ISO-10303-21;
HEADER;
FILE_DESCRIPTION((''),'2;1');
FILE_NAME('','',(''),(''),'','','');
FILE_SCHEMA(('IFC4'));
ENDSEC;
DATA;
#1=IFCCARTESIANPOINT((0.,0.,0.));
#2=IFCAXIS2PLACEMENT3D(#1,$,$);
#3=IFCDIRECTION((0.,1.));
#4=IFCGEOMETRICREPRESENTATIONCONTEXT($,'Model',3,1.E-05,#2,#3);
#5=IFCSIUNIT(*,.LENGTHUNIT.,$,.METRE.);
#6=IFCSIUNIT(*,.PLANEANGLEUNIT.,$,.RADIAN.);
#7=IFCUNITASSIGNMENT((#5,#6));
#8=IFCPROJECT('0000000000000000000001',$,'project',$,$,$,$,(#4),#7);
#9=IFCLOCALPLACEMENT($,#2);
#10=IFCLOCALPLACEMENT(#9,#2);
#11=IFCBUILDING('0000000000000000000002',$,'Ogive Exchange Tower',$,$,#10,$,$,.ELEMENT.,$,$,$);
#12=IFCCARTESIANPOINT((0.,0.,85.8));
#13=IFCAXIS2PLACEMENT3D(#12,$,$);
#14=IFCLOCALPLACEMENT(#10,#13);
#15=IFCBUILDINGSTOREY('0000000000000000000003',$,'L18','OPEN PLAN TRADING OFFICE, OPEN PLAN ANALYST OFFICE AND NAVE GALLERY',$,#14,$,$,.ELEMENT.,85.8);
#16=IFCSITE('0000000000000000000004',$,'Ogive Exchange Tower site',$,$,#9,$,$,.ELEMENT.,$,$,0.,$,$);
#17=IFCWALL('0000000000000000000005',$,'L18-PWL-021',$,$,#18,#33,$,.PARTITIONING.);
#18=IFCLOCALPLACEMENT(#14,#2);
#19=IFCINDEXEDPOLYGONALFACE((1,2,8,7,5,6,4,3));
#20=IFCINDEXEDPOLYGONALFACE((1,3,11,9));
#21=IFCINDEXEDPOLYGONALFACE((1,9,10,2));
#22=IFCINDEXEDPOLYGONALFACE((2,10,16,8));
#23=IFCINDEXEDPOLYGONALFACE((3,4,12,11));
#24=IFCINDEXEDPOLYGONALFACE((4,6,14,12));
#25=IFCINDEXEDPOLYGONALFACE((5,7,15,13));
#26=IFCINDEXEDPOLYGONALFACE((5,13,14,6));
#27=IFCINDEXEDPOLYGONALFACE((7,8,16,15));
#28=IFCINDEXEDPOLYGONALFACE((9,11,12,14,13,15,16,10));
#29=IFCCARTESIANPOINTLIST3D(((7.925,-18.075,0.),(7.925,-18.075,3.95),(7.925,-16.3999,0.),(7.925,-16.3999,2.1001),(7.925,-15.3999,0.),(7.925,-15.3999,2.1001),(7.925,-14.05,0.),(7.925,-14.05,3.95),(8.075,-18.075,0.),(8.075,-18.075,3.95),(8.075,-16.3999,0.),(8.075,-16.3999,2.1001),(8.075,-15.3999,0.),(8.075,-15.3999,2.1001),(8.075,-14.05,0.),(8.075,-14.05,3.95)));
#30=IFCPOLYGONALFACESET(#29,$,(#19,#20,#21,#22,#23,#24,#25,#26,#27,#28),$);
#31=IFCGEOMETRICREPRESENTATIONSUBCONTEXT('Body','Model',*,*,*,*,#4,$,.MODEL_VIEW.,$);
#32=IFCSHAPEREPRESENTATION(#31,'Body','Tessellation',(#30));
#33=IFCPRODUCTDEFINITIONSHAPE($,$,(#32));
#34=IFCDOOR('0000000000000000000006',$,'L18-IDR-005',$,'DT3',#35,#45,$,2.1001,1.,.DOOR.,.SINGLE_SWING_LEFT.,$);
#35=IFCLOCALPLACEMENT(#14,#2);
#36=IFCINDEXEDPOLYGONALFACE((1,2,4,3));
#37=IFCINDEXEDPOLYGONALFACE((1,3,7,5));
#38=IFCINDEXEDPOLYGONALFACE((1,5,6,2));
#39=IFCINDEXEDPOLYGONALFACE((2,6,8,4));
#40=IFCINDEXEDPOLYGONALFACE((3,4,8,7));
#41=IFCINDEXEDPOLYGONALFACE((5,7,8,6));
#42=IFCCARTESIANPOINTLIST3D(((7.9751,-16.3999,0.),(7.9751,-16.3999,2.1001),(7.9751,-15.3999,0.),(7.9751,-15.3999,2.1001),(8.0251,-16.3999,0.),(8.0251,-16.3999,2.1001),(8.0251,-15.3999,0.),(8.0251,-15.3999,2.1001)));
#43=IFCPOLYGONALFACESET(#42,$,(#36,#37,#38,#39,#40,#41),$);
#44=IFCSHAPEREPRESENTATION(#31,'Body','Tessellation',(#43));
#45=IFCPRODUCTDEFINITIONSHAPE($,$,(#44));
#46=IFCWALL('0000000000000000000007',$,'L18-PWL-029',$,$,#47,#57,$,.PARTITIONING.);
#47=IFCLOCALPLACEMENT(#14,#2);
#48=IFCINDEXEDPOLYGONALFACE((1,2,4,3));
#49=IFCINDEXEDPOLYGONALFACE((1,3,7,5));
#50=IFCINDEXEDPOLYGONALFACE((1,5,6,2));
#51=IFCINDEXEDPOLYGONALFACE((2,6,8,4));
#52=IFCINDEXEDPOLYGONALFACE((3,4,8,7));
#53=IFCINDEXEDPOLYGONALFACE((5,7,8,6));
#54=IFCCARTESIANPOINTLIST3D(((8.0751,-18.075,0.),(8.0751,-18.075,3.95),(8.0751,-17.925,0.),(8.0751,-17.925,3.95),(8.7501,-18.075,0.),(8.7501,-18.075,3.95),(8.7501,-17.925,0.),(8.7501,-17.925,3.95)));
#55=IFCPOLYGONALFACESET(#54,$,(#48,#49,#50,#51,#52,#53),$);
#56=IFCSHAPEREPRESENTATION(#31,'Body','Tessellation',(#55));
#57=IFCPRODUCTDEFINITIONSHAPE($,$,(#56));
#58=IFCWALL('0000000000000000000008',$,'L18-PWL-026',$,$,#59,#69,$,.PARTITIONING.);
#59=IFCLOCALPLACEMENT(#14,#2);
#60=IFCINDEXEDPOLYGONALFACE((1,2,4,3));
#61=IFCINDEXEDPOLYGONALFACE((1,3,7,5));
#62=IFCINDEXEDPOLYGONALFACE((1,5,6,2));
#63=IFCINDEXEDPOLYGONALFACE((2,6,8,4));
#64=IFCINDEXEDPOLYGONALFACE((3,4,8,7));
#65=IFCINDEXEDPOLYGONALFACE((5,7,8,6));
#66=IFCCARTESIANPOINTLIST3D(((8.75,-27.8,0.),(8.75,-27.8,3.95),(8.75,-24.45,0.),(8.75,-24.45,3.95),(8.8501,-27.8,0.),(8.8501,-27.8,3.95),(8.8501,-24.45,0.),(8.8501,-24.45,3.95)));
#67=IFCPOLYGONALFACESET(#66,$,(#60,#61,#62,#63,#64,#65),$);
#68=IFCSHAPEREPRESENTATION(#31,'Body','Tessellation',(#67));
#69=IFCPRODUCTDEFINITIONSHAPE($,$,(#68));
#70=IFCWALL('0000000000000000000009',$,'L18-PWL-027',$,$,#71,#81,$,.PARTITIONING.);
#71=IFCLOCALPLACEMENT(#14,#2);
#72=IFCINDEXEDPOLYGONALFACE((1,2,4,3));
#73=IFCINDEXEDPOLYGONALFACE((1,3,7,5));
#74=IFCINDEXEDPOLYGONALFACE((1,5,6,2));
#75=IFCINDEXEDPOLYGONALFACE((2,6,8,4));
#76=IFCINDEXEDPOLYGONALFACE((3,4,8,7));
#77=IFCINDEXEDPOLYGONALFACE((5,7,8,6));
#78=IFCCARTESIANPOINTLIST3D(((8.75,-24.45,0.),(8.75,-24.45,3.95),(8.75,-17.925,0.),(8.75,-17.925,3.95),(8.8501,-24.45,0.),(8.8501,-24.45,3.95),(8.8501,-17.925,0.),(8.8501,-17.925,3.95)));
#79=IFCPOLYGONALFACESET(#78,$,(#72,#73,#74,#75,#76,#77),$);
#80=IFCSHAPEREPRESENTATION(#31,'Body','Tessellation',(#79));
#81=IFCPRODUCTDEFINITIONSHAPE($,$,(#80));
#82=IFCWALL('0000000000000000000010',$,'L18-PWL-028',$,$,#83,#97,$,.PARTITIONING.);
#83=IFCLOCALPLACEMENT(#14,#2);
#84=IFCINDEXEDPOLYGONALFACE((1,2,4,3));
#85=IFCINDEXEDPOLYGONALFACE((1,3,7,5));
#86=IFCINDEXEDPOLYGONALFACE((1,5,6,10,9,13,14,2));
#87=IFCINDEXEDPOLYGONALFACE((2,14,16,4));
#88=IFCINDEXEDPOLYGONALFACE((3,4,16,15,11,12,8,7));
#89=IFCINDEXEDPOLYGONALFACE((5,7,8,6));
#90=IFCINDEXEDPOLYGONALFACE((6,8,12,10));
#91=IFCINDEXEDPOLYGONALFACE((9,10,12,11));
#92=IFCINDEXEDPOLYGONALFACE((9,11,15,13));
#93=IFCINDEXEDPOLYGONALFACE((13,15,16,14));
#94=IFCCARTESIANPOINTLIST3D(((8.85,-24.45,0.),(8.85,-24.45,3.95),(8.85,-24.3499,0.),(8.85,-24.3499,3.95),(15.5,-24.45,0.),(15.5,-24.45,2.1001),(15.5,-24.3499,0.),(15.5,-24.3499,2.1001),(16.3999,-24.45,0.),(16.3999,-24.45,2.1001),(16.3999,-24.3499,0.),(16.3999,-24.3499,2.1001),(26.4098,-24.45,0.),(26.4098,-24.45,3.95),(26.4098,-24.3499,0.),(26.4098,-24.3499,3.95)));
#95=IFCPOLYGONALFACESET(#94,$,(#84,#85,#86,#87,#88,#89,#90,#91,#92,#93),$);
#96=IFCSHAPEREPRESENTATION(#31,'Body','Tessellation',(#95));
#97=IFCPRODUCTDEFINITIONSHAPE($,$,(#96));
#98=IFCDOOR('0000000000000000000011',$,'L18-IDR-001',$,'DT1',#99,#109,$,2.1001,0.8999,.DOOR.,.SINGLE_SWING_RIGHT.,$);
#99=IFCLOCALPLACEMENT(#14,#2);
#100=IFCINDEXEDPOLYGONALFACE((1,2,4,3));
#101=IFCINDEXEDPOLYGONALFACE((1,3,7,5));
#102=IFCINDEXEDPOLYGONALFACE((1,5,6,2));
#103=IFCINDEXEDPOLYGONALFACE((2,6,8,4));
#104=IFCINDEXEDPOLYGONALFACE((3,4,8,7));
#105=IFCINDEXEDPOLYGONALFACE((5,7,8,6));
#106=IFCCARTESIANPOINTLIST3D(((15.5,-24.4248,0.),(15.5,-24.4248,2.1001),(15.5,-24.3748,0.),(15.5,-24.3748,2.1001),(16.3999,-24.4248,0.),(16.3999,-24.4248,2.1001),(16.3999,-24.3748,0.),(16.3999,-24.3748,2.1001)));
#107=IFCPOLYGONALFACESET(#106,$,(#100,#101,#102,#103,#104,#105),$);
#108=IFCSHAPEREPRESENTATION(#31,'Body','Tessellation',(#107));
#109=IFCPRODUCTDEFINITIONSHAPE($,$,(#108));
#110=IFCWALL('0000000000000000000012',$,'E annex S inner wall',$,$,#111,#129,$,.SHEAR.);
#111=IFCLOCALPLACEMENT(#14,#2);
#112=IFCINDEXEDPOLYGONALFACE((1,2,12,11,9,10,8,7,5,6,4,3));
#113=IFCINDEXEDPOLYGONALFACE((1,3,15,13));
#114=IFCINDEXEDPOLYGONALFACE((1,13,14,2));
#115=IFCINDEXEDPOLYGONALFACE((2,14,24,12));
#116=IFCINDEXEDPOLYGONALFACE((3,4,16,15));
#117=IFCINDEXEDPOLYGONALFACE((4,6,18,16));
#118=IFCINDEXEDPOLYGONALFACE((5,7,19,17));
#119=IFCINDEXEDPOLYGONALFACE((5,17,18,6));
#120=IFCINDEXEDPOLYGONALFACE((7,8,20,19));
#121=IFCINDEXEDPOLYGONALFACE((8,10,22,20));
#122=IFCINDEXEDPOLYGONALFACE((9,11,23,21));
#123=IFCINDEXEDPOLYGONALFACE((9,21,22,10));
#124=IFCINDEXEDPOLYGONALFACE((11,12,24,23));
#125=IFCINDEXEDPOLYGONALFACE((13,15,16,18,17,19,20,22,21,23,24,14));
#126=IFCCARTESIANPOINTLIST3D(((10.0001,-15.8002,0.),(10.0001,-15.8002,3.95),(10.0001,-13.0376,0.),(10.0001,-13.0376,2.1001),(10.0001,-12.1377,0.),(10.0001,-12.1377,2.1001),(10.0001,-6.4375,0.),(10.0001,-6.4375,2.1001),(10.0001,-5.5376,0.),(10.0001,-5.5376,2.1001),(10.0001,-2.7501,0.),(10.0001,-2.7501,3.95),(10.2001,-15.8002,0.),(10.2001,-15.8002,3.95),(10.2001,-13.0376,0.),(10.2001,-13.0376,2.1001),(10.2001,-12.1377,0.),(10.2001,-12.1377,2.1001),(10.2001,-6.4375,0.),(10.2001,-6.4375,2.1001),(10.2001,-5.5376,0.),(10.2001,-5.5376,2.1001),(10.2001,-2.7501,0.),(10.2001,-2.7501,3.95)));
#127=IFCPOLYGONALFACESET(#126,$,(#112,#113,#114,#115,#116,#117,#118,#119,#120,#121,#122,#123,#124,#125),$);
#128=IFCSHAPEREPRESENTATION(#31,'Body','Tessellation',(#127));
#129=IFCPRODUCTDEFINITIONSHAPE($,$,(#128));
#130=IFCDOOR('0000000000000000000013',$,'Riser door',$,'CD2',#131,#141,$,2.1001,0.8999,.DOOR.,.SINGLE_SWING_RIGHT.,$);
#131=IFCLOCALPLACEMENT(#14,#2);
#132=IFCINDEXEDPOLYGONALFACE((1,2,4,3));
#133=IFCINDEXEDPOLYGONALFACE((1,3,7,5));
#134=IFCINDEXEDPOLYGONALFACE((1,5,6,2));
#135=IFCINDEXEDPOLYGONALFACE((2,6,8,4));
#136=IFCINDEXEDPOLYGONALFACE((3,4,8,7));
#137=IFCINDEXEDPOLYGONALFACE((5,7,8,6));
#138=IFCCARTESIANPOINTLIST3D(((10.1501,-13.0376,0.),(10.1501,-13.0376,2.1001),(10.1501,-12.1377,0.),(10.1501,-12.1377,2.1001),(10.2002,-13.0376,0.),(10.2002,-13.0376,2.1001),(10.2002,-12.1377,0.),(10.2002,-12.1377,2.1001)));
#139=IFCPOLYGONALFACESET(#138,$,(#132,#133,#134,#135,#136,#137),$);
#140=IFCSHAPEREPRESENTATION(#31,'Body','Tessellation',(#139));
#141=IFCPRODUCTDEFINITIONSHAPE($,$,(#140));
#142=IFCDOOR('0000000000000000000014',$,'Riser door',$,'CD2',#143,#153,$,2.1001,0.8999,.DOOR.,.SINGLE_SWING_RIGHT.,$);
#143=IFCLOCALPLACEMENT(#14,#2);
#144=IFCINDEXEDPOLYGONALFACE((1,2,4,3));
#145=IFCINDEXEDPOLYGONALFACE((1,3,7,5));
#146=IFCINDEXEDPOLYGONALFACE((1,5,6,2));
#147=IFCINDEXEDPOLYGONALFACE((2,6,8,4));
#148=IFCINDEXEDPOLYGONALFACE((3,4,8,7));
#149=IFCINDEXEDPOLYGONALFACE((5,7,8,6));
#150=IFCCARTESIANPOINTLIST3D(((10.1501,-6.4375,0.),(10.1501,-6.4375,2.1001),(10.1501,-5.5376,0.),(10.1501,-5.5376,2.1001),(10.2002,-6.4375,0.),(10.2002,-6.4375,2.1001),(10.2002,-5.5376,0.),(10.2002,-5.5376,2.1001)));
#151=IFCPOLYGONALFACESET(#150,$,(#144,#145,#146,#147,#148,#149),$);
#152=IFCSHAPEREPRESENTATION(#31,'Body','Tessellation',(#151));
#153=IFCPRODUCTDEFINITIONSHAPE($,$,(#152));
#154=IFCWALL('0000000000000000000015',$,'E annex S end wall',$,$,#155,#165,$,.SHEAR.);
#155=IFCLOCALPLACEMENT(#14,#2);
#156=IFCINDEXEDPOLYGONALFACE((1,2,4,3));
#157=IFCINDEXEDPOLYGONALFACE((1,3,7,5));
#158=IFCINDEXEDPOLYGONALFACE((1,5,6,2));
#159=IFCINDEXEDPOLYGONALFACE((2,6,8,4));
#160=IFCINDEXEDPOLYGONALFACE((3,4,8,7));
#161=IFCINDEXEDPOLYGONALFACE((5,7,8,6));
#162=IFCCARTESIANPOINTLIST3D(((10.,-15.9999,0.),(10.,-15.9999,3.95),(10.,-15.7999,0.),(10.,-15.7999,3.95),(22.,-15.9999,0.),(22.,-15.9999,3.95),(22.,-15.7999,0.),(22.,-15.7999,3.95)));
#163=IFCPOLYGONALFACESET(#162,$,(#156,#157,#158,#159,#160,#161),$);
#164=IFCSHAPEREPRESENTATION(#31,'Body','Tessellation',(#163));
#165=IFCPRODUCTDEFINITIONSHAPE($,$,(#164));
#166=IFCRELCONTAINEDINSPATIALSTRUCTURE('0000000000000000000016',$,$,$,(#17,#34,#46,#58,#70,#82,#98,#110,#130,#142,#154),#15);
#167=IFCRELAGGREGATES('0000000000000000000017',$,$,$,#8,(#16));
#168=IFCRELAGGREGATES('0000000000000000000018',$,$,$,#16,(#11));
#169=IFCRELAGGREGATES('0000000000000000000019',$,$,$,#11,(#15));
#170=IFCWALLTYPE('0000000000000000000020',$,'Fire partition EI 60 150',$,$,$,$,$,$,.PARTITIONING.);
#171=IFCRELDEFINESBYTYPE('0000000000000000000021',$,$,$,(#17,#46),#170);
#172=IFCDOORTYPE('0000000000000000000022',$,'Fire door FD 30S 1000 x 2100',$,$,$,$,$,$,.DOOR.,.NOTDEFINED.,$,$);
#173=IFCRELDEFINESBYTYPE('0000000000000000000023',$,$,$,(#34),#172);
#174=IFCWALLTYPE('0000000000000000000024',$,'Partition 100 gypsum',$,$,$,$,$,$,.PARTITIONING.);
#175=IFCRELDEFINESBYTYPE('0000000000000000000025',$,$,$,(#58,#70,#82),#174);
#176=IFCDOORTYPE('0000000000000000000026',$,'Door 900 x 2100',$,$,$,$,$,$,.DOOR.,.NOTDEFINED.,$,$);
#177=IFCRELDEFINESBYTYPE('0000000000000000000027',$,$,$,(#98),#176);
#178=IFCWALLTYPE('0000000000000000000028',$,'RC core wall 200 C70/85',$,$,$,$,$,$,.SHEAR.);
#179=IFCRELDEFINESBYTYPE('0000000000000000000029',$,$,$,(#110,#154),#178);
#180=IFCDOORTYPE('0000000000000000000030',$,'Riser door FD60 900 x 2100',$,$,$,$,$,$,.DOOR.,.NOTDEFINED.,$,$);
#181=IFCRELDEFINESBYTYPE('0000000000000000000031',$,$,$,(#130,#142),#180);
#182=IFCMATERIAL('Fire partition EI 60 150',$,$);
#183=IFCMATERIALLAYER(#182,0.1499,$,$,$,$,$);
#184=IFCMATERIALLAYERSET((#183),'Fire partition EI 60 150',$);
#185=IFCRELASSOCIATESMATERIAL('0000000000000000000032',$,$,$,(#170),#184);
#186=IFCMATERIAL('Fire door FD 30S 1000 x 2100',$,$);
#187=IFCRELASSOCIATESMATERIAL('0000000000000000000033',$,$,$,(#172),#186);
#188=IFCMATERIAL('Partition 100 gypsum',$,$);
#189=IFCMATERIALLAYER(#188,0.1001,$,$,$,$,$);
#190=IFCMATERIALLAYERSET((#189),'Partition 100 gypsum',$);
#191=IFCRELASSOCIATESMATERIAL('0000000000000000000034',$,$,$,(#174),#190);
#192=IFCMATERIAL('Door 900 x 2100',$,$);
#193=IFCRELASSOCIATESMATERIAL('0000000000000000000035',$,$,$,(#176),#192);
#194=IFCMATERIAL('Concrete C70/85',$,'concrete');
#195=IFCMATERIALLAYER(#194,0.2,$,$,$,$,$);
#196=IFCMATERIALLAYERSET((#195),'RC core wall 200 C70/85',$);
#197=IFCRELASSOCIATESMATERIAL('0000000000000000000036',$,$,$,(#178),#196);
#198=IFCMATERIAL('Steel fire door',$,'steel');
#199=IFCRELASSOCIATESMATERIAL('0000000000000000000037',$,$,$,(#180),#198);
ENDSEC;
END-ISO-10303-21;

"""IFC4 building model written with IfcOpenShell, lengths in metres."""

from ifc_helpers import new_model, si_unit, direction, frame, frame_2d, origin, place, context, subcontext, project, spatial, rectangle, extrude, material, layer, layer_set, type_object, element, fill, save


model = new_model("IFC4")

# Units and contexts
model_context = context("Model", 3, precision=1e-05, world=origin(), true_north=direction((0.0, 1.0)))
body_context = subcontext(model_context, "Body", "Model", "MODEL_VIEW")
ifc_project = project(units=[si_unit("LENGTHUNIT", "METRE"), si_unit("PLANEANGLEUNIT", "RADIAN")], contexts=[model_context])

# Site, building, storey
site_placement = place(None, origin())
site = spatial("IfcSite", under=ifc_project, at=site_placement, Name="Ogive Exchange Tower site", CompositionType="ELEMENT", RefElevation=0.0)
building_placement = place(site_placement, origin())
building = spatial("IfcBuilding", under=site, at=building_placement, Name="Ogive Exchange Tower", CompositionType="ELEMENT")
storey_placement = place(building_placement, frame((0.0, 0.0, 85.8)))
storey = spatial("IfcBuildingStorey", under=building, at=storey_placement, Name="L18", Description="OPEN PLAN TRADING OFFICE, OPEN PLAN ANALYST OFFICE AND NAVE GALLERY", CompositionType="ELEMENT", Elevation=85.8)

# Wall, opening, door
ifc_material_1 = material(Name="Fire partition EI 60 150")
ifc_layer_1 = layer(ifc_material_1, 0.1499)
ifc_layer_set_1 = layer_set([ifc_layer_1], Name="Fire partition EI 60 150")
wall_type_1 = type_object("IfcWallType", Name="Fire partition EI 60 150", PredefinedType="PARTITIONING", material=ifc_layer_set_1)
wall_1_placement = place(storey_placement, frame((8.0, -18.075, 0.0), z_axis=(0.0, 0.0, 1.0), x_axis=(0.0, 1.0, 0.0)))
wall_1 = element("IfcWall", 1, at=wall_1_placement, inside=storey, type_object=wall_type_1, Name="L18-PWL-021", PredefinedType="PARTITIONING", context=body_context, shape_type="SweptSolid", body=[
    extrude(rectangle(XDim=4.0249, YDim=0.1499, at=frame_2d((2.0125, 0.0))), origin(), (0.0, 0.0, 1.0), 3.95),
])
opening_1_placement = place(wall_1_placement, frame((1.675, 0.0, 0.0)))
opening_1 = element("IfcOpeningElement", 2, at=opening_1_placement, cuts=wall_1, PredefinedType="OPENING", context=body_context, shape_type="SweptSolid", body=[
    extrude(rectangle(XDim=1.0, YDim=2.1001, at=frame_2d((0.5, 1.05))), frame((0.0, 0.085, 0.0), z_axis=(0.0, -1.0, 0.0), x_axis=(1.0, 0.0, 0.0)), (0.0, 0.0, 1.0), 0.1699),
])
ifc_material_2 = material(Name="Fire door FD 30S 1000 x 2100")
door_type_1 = type_object("IfcDoorType", Name="Fire door FD 30S 1000 x 2100", OperationType="NOTDEFINED", PredefinedType="DOOR", material=ifc_material_2)
door_1_placement = place(opening_1_placement, origin())
door_1 = element("IfcDoor", 3, at=door_1_placement, inside=storey, type_object=door_type_1, Name="L18-IDR-005", ObjectType="DT3", OperationType="SINGLE_SWING_LEFT", OverallHeight=2.1001, OverallWidth=1.0, PredefinedType="DOOR", context=body_context, shape_type="SweptSolid", body=[
    extrude(rectangle(XDim=1.0, YDim=2.1001, at=frame_2d((0.5, 1.05))), frame((0.0, 0.0249, 0.0), z_axis=(0.0, -1.0, 0.0), x_axis=(1.0, 0.0, 0.0)), (0.0, 0.0, 1.0), 0.05),
])
fill(opening_1, door_1)

# Walls
wall_2_placement = place(storey_placement, frame((8.75, -18.0, 0.0), z_axis=(0.0, 0.0, 1.0), x_axis=(-1.0, 0.0, 0.0)))
element("IfcWall", 4, at=wall_2_placement, inside=storey, type_object=wall_type_1, Name="L18-PWL-029", PredefinedType="PARTITIONING", context=body_context, shape_type="SweptSolid", body=[
    extrude(rectangle(XDim=0.675, YDim=0.1499, at=frame_2d((0.3374, 0.0))), origin(), (0.0, 0.0, 1.0), 3.95),
])
ifc_material_3 = material(Name="Partition 100 gypsum")
ifc_layer_2 = layer(ifc_material_3, 0.1001)
ifc_layer_set_2 = layer_set([ifc_layer_2], Name="Partition 100 gypsum")
wall_type_2 = type_object("IfcWallType", Name="Partition 100 gypsum", PredefinedType="PARTITIONING", material=ifc_layer_set_2)
wall_3_placement = place(storey_placement, frame((8.8, -27.8, 0.0), z_axis=(0.0, 0.0, 1.0), x_axis=(0.0, 1.0, 0.0)))
element("IfcWall", 5, at=wall_3_placement, inside=storey, type_object=wall_type_2, Name="L18-PWL-026", PredefinedType="PARTITIONING", context=body_context, shape_type="SweptSolid", body=[
    extrude(rectangle(XDim=3.3501, YDim=0.1001, at=frame_2d((1.675, 0.0))), origin(), (0.0, 0.0, 1.0), 3.95),
])
wall_4_placement = place(storey_placement, frame((8.8, -24.45, 0.0), z_axis=(0.0, 0.0, 1.0), x_axis=(0.0, 1.0, 0.0)))
element("IfcWall", 6, at=wall_4_placement, inside=storey, type_object=wall_type_2, Name="L18-PWL-027", PredefinedType="PARTITIONING", context=body_context, shape_type="SweptSolid", body=[
    extrude(rectangle(XDim=6.5249, YDim=0.1001, at=frame_2d((3.2625, 0.0))), origin(), (0.0, 0.0, 1.0), 3.95),
])

# Wall, opening, door
wall_5_placement = place(storey_placement, frame((8.8501, -24.3999, 0.0), z_axis=(0.0, 0.0, 1.0), x_axis=(1.0, 0.0, 0.0)))
wall_5 = element("IfcWall", 7, at=wall_5_placement, inside=storey, type_object=wall_type_2, Name="L18-PWL-028", PredefinedType="PARTITIONING", context=body_context, shape_type="SweptSolid", body=[
    extrude(rectangle(XDim=17.5598, YDim=0.1001, at=frame_2d((8.7798, 0.0))), origin(), (0.0, 0.0, 1.0), 3.95),
])
opening_2_placement = place(wall_5_placement, frame((6.6499, 0.0, 0.0)))
opening_2 = element("IfcOpeningElement", 8, at=opening_2_placement, cuts=wall_5, PredefinedType="OPENING", context=body_context, shape_type="SweptSolid", body=[
    extrude(rectangle(XDim=0.8999, YDim=2.1001, at=frame_2d((0.45, 1.05))), frame((0.0, 0.0601, 0.0), z_axis=(0.0, -1.0, 0.0), x_axis=(1.0, 0.0, 0.0)), (0.0, 0.0, 1.0), 0.1201),
])
ifc_material_4 = material(Name="Door 900 x 2100")
door_type_2 = type_object("IfcDoorType", Name="Door 900 x 2100", OperationType="NOTDEFINED", PredefinedType="DOOR", material=ifc_material_4)
door_2_placement = place(opening_2_placement, frame((0.8999, 0.0, 0.0), z_axis=(0.0, 0.0, 1.0), x_axis=(-1.0, 0.0, 0.0)))
door_2 = element("IfcDoor", 9, at=door_2_placement, inside=storey, type_object=door_type_2, Name="L18-IDR-001", ObjectType="DT1", OperationType="SINGLE_SWING_RIGHT", OverallHeight=2.1001, OverallWidth=0.8999, PredefinedType="DOOR", context=body_context, shape_type="SweptSolid", body=[
    extrude(rectangle(XDim=0.8999, YDim=2.1001, at=frame_2d((0.45, 1.05))), frame((0.0, 0.0249, 0.0), z_axis=(0.0, -1.0, 0.0), x_axis=(1.0, 0.0, 0.0)), (0.0, 0.0, 1.0), 0.05),
])
fill(opening_2, door_2)

# Wall, openings, doors
ifc_material_5 = material(Name="Concrete C70/85", Category="concrete")
ifc_layer_3 = layer(ifc_material_5, 0.2)
ifc_layer_set_3 = layer_set([ifc_layer_3], Name="RC core wall 200 C70/85")
wall_type_3 = type_object("IfcWallType", Name="RC core wall 200 C70/85", PredefinedType="SHEAR", material=ifc_layer_set_3)
wall_6_placement = place(storey_placement, frame((10.1001, -15.8, 0.0), z_axis=(0.0, 0.0, 1.0), x_axis=(0.0, 1.0, 0.0)))
wall_6 = element("IfcWall", 10, at=wall_6_placement, inside=storey, type_object=wall_type_3, Name="E annex S inner wall", PredefinedType="SHEAR", context=body_context, shape_type="SweptSolid", body=[
    extrude(rectangle(XDim=13.05, YDim=0.2, at=frame_2d((6.5249, 0.0))), origin(), (0.0, 0.0, 1.0), 3.95),
])
opening_3_placement = place(wall_6_placement, frame((2.7625, 0.0, 0.0)))
opening_3 = element("IfcOpeningElement", 11, at=opening_3_placement, cuts=wall_6, PredefinedType="OPENING", context=body_context, shape_type="SweptSolid", body=[
    extrude(rectangle(XDim=0.8999, YDim=2.1001, at=frame_2d((0.45, 1.05))), frame((0.0, 0.1099, 0.0), z_axis=(0.0, -1.0, 0.0), x_axis=(1.0, 0.0, 0.0)), (0.0, 0.0, 1.0), 0.22),
])
opening_4_placement = place(wall_6_placement, frame((9.3625, 0.0, 0.0)))
opening_4 = element("IfcOpeningElement", 12, at=opening_4_placement, cuts=wall_6, PredefinedType="OPENING", context=body_context, shape_type="SweptSolid", body=[
    extrude(rectangle(XDim=0.8999, YDim=2.1001, at=frame_2d((0.45, 1.05))), frame((0.0, 0.1099, 0.0), z_axis=(0.0, -1.0, 0.0), x_axis=(1.0, 0.0, 0.0)), (0.0, 0.0, 1.0), 0.22),
])
ifc_material_6 = material(Name="Steel fire door", Category="steel")
door_type_3 = type_object("IfcDoorType", Name="Riser door FD60 900 x 2100", OperationType="NOTDEFINED", PredefinedType="DOOR", material=ifc_material_6)
door_3_placement = place(opening_3_placement, frame((0.8999, -0.1499, 0.0), z_axis=(0.0, 0.0, 1.0), x_axis=(-1.0, 0.0, 0.0)))
door_3 = element("IfcDoor", 13, at=door_3_placement, inside=storey, type_object=door_type_3, Name="Riser door", ObjectType="CD2", OperationType="SINGLE_SWING_RIGHT", OverallHeight=2.1001, OverallWidth=0.8999, PredefinedType="DOOR", context=body_context, shape_type="SweptSolid", body=[
    extrude(rectangle(XDim=0.8999, YDim=2.1001, at=frame_2d((0.45, 1.05))), frame((0.0, -0.0498, 0.0), z_axis=(0.0, -1.0, 0.0), x_axis=(1.0, 0.0, 0.0)), (0.0, 0.0, 1.0), 0.05),
])
fill(opening_3, door_3)
door_4_placement = place(opening_4_placement, frame((0.8999, -0.1499, 0.0), z_axis=(0.0, 0.0, 1.0), x_axis=(-1.0, 0.0, 0.0)))
door_4 = element("IfcDoor", 14, at=door_4_placement, inside=storey, type_object=door_type_3, Name="Riser door", ObjectType="CD2", OperationType="SINGLE_SWING_RIGHT", OverallHeight=2.1001, OverallWidth=0.8999, PredefinedType="DOOR", context=body_context, shape_type="SweptSolid", body=[
    extrude(rectangle(XDim=0.8999, YDim=2.1001, at=frame_2d((0.45, 1.05))), frame((0.0, -0.0498, 0.0), z_axis=(0.0, -1.0, 0.0), x_axis=(1.0, 0.0, 0.0)), (0.0, 0.0, 1.0), 0.05),
])
fill(opening_4, door_4)

# Wall
wall_7_placement = place(storey_placement, frame((10.0, -15.8999, 0.0), z_axis=(0.0, 0.0, 1.0), x_axis=(1.0, 0.0, 0.0)))
element("IfcWall", 15, at=wall_7_placement, inside=storey, type_object=wall_type_3, Name="E annex S end wall", PredefinedType="SHEAR", context=body_context, shape_type="SweptSolid", body=[
    extrude(rectangle(XDim=12.0, YDim=0.2, at=frame_2d((6.0, 0.0))), origin(), (0.0, 0.0, 1.0), 3.95),
])

save(model, "model.ifc")
